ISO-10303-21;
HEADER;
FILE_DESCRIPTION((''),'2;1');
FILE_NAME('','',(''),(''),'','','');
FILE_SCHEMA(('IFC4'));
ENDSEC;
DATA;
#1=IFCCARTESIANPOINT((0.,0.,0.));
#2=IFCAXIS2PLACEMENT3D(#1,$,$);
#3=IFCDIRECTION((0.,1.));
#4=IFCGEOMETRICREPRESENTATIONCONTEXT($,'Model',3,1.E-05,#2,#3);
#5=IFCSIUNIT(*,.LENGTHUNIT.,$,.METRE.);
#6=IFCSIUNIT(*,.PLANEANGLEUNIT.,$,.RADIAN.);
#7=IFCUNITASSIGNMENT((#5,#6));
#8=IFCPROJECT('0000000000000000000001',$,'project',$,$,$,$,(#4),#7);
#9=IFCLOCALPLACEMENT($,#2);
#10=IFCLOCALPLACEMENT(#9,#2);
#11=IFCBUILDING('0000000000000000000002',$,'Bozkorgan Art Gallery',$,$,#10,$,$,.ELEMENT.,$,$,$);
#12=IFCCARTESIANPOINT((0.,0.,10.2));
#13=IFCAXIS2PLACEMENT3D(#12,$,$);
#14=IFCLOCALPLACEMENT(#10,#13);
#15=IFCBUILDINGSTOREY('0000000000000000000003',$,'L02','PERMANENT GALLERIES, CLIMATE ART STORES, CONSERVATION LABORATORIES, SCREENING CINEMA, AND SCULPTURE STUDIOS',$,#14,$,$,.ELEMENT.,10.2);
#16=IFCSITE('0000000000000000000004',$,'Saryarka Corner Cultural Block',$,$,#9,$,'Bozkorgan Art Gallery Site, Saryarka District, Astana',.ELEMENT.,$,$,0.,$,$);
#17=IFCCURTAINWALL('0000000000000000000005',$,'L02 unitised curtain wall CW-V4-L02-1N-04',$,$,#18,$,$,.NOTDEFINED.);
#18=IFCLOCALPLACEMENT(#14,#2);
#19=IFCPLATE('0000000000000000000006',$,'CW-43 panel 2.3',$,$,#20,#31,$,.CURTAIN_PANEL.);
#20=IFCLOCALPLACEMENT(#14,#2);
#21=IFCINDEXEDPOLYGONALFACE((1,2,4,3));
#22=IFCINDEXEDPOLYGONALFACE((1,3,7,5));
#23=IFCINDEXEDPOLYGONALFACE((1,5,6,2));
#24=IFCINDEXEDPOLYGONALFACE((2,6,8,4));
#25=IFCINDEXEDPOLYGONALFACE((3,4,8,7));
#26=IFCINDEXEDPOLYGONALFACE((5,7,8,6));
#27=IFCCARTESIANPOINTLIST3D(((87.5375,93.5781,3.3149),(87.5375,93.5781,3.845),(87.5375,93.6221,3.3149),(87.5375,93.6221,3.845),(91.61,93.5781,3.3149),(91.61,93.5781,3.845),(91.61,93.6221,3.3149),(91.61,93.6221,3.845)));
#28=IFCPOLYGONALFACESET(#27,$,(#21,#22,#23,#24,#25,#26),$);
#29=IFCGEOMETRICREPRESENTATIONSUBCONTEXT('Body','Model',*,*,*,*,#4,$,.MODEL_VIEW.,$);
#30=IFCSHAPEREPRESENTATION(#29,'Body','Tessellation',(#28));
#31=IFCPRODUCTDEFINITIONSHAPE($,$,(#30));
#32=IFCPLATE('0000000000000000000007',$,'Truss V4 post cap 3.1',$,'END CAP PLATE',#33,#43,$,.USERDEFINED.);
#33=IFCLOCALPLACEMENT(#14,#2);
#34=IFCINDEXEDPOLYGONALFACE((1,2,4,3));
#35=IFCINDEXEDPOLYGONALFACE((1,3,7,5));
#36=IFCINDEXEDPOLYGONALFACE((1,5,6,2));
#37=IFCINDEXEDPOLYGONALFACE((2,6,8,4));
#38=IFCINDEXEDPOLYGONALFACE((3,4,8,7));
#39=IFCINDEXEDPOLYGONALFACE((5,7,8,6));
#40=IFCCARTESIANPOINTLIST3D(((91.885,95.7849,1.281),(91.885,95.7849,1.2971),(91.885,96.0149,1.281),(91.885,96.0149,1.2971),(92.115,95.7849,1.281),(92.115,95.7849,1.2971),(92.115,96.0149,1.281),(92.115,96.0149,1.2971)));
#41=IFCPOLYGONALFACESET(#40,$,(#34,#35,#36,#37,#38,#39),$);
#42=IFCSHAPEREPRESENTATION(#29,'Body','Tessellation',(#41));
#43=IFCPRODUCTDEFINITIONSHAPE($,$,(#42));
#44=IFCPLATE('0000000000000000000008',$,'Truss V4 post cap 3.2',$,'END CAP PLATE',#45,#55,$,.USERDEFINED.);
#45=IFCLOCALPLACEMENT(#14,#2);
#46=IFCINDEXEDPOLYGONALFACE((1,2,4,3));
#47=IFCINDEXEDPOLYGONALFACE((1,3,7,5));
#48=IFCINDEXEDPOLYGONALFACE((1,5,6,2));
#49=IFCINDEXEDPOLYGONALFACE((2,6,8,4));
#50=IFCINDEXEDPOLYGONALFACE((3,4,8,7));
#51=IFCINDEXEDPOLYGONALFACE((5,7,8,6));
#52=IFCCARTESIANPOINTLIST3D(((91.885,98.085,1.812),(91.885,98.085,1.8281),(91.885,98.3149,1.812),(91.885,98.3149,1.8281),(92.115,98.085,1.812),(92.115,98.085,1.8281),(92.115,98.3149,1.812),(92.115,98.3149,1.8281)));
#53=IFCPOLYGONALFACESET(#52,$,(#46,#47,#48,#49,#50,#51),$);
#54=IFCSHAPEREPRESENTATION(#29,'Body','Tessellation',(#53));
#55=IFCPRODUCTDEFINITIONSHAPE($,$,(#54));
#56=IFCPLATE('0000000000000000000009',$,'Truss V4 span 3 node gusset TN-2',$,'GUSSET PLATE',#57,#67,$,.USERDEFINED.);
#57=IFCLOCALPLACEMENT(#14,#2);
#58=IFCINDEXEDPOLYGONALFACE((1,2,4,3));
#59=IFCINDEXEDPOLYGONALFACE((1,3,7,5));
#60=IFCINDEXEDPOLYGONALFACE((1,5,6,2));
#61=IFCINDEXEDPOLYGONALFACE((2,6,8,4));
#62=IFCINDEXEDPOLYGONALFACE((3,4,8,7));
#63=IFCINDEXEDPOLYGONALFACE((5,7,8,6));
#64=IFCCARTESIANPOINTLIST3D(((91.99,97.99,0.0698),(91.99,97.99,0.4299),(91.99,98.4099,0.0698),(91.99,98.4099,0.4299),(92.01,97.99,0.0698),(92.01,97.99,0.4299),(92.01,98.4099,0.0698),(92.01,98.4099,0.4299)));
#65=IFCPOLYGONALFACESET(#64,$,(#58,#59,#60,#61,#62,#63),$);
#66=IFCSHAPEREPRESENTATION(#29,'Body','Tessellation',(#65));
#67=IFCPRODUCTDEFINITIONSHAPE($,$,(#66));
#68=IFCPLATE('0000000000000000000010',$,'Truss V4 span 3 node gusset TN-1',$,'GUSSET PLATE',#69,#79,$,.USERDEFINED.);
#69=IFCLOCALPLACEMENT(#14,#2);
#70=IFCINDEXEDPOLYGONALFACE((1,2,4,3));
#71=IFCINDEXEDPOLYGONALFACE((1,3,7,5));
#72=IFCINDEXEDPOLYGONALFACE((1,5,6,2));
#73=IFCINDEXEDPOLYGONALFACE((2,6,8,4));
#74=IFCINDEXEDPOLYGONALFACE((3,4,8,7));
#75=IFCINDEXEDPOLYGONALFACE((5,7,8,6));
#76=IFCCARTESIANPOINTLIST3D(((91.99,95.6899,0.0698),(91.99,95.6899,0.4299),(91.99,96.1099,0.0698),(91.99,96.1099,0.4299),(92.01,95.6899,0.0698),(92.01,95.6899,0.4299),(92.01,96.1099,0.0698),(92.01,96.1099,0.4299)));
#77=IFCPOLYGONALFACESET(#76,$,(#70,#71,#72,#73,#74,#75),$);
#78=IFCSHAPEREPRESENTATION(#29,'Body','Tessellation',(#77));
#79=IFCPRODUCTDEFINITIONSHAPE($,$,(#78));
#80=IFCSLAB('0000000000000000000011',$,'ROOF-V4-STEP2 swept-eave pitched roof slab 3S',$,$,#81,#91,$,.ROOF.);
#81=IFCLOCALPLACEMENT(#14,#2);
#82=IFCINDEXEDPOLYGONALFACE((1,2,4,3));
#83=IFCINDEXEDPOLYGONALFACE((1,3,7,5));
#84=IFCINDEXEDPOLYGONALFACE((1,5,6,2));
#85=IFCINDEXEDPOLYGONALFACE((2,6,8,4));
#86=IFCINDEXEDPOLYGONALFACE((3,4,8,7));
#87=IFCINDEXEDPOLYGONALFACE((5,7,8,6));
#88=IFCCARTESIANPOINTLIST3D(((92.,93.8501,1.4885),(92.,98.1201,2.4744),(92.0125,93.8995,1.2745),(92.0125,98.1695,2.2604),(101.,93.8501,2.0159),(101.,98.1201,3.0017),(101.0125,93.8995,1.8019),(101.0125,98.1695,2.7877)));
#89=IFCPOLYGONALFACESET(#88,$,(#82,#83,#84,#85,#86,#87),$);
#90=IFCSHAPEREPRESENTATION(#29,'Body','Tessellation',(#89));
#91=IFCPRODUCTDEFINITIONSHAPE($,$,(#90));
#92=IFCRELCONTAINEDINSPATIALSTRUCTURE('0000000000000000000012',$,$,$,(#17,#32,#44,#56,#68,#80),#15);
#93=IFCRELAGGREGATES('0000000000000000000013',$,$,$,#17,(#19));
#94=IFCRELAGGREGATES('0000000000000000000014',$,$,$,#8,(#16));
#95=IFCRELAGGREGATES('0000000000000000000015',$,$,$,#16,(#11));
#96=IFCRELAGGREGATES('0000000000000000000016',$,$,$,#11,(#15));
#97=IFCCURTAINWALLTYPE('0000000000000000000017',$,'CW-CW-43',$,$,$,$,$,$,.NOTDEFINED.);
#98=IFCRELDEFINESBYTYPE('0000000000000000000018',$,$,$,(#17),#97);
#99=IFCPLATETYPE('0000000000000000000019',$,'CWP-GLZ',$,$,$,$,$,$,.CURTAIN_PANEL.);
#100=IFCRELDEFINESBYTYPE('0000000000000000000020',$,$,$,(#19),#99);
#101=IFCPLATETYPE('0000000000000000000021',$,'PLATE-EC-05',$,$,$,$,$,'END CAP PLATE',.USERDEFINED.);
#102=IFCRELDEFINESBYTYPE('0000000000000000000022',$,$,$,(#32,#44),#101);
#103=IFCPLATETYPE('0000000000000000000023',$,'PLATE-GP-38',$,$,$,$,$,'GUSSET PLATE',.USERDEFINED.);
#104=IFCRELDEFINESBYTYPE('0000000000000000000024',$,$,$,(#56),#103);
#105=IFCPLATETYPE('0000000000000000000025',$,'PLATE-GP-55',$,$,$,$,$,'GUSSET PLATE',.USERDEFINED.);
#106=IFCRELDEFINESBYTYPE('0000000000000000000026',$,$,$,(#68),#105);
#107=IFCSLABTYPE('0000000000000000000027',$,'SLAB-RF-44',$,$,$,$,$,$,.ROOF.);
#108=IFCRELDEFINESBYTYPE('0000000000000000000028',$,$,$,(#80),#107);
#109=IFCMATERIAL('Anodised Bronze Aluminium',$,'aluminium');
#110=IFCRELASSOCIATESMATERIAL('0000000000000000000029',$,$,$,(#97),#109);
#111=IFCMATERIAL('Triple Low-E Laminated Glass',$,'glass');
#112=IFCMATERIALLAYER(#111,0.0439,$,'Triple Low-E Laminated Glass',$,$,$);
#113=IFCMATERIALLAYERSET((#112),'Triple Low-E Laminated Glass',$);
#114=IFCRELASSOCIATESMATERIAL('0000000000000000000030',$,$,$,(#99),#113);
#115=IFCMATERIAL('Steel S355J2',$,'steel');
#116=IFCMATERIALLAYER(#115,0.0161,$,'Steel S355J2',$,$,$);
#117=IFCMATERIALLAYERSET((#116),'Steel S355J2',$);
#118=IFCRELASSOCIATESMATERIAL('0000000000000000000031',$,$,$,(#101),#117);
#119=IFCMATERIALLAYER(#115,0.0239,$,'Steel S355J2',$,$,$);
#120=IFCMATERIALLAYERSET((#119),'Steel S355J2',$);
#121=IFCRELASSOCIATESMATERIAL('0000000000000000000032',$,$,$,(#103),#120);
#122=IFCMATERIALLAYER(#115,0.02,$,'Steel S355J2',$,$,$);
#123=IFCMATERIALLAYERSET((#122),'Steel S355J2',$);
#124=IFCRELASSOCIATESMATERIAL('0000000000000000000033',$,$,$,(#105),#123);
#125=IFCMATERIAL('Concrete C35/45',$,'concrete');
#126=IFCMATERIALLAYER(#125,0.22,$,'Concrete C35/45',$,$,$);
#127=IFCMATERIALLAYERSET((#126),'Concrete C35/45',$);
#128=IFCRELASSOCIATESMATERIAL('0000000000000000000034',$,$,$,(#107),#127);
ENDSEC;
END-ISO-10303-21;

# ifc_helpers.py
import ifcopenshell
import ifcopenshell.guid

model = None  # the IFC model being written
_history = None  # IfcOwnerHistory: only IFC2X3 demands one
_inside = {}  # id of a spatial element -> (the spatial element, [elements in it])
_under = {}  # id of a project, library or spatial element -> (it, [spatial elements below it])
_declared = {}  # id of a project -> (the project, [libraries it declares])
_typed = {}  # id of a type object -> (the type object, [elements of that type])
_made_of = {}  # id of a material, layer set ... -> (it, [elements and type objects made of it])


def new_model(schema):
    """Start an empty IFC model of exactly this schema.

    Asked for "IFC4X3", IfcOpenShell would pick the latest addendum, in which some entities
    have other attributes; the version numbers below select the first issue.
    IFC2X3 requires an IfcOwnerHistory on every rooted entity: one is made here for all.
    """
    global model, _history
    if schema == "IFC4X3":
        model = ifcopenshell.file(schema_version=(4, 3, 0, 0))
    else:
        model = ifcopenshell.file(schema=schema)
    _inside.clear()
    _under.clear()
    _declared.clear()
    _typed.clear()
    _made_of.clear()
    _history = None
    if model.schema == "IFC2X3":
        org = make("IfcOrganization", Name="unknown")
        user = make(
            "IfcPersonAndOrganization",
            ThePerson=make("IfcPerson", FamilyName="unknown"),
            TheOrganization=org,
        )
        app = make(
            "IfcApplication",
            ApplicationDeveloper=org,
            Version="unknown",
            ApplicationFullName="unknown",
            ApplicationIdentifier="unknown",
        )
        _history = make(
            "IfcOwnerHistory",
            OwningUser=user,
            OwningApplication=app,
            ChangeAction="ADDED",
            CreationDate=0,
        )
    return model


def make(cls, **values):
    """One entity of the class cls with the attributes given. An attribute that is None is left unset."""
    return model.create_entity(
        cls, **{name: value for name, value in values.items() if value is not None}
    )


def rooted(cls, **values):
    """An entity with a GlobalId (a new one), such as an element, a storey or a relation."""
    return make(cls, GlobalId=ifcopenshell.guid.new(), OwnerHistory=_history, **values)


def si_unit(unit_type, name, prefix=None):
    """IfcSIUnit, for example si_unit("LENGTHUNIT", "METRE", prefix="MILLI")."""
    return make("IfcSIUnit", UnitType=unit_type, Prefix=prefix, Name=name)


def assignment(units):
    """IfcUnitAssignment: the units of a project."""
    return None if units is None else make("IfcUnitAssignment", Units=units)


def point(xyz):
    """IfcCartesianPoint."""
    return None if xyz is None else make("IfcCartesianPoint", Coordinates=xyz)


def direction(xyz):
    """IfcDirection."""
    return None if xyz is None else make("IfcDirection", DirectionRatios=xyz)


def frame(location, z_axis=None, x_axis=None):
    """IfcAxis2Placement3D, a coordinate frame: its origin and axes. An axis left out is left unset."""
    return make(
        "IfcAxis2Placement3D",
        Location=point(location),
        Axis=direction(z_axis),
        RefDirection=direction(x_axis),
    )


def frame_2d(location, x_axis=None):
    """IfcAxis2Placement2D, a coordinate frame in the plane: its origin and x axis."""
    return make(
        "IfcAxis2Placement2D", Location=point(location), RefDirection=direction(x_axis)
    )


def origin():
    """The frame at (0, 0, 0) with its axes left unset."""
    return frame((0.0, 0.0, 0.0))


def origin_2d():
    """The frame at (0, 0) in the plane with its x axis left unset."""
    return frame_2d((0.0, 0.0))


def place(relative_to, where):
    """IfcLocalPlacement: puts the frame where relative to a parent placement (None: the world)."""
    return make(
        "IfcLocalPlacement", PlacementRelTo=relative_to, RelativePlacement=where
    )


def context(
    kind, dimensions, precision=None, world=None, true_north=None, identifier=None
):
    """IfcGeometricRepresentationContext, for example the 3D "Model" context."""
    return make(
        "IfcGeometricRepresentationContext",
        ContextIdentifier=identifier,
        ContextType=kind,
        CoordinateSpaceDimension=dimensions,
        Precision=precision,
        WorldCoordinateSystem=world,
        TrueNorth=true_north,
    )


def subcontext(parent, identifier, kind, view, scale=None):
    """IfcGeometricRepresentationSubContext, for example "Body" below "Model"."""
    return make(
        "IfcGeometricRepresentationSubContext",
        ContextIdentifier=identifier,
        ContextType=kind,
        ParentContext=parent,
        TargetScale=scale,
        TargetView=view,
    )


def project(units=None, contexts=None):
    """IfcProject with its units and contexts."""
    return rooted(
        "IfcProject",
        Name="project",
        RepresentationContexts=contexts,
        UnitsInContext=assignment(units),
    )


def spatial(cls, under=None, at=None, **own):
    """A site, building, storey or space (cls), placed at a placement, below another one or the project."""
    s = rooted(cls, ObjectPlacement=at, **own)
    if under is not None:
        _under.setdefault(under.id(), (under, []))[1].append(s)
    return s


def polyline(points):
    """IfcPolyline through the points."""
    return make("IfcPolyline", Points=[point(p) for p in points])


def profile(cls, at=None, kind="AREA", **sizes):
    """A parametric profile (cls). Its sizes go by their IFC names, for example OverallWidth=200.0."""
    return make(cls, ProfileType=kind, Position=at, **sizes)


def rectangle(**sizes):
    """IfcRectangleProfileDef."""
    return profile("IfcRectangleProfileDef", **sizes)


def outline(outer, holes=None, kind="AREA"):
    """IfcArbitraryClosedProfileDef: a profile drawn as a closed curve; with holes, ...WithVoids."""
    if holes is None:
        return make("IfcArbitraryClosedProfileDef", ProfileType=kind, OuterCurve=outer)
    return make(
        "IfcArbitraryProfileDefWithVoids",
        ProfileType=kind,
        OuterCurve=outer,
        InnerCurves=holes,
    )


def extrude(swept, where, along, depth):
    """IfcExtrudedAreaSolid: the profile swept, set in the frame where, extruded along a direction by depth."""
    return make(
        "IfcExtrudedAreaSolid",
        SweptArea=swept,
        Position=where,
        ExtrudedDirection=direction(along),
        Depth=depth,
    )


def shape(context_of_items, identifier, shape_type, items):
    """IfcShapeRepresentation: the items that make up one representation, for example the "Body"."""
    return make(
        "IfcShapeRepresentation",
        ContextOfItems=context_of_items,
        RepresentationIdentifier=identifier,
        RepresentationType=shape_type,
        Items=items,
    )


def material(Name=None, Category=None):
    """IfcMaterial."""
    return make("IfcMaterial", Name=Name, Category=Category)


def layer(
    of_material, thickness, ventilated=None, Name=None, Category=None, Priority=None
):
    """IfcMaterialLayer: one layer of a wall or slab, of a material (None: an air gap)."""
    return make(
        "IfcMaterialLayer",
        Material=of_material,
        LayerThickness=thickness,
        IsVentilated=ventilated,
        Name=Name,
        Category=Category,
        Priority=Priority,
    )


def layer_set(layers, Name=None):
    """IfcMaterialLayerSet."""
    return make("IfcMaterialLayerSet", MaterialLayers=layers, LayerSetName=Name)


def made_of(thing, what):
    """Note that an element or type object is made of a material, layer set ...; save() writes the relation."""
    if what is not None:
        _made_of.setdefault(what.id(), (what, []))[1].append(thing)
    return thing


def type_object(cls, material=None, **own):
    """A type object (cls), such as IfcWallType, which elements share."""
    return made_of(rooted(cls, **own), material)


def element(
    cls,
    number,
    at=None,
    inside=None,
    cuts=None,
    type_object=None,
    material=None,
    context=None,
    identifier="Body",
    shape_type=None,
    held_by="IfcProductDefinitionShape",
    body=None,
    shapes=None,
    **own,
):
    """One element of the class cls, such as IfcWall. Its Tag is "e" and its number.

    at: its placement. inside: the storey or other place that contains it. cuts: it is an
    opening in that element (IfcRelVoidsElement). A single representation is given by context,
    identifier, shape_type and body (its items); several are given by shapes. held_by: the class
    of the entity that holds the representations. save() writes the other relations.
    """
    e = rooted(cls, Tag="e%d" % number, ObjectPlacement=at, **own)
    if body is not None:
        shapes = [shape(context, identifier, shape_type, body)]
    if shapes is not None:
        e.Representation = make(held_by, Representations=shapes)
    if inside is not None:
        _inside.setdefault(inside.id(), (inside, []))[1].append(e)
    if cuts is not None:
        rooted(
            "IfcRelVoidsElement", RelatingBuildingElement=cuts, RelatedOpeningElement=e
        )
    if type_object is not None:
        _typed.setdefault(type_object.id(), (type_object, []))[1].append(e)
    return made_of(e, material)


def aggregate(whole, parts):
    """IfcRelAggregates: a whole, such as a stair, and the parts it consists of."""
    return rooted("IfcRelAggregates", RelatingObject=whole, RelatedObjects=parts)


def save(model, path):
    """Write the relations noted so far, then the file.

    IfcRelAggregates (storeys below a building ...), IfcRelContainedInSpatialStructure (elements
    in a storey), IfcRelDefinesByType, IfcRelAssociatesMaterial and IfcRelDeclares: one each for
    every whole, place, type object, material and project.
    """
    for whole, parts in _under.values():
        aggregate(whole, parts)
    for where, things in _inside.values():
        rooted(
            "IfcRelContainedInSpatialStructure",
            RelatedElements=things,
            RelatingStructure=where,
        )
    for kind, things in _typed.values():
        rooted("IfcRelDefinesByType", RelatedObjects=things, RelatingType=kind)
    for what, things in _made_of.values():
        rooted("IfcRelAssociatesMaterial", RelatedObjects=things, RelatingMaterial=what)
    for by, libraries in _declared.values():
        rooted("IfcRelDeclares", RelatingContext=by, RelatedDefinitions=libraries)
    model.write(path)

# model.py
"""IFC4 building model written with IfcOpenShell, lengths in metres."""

from ifc_helpers import new_model, si_unit, direction, frame, origin, origin_2d, place, context, subcontext, project, spatial, polyline, rectangle, outline, extrude, material, layer, layer_set, type_object, element, aggregate, save


model = new_model("IFC4")

# Units and contexts
model_context = context("Model", 3, precision=1e-05, world=origin(), true_north=direction((0.0, 1.0)))
body_context = subcontext(model_context, "Body", "Model", "MODEL_VIEW")
ifc_project = project(units=[si_unit("LENGTHUNIT", "METRE"), si_unit("PLANEANGLEUNIT", "RADIAN")], contexts=[model_context])

# Site, building, storey
site_placement = place(None, origin())
site = spatial("IfcSite", under=ifc_project, at=site_placement, Name="Saryarka Corner Cultural Block", LongName="Bozkorgan Art Gallery Site, Saryarka District, Astana", CompositionType="ELEMENT", RefElevation=0.0)
building_placement = place(site_placement, origin())
building = spatial("IfcBuilding", under=site, at=building_placement, Name="Bozkorgan Art Gallery", CompositionType="ELEMENT")
storey_placement = place(building_placement, frame((0.0, 0.0, 10.2)))
storey = spatial("IfcBuildingStorey", under=building, at=storey_placement, Name="L02", Description="PERMANENT GALLERIES, CLIMATE ART STORES, CONSERVATION LABORATORIES, SCREENING CINEMA, AND SCULPTURE STUDIOS", CompositionType="ELEMENT", Elevation=10.2)

# Shared definitions
ifc_material_1 = material(Name="Steel S355J2", Category="steel")

# Curtain wall
ifc_material_2 = material(Name="Anodised Bronze Aluminium", Category="aluminium")
curtain_wall_type = type_object("IfcCurtainWallType", Name="CW-CW-43", PredefinedType="NOTDEFINED", material=ifc_material_2)
curtain_wall_placement = place(storey_placement, origin())
curtain_wall = element("IfcCurtainWall", 1, at=curtain_wall_placement, inside=storey, type_object=curtain_wall_type, Name="L02 unitised curtain wall CW-V4-L02-1N-04", PredefinedType="NOTDEFINED")

# Plate
ifc_material_3 = material(Name="Triple Low-E Laminated Glass", Category="glass")
ifc_layer_1 = layer(ifc_material_3, 0.0439, Name="Triple Low-E Laminated Glass")
ifc_layer_set_1 = layer_set([ifc_layer_1], Name="Triple Low-E Laminated Glass")
plate_type_1 = type_object("IfcPlateType", Name="CWP-GLZ", PredefinedType="CURTAIN_PANEL", material=ifc_layer_set_1)
plate_1_placement = place(storey_placement, frame((89.5737, 93.6001, 3.3149), z_axis=(0.0, 0.0, 1.0), x_axis=(1.0, 0.0, 0.0)))
plate_1 = element("IfcPlate", 2, at=plate_1_placement, type_object=plate_type_1, Name="CW-43 panel 2.3", PredefinedType="CURTAIN_PANEL", context=body_context, shape_type="SweptSolid", body=[
    extrude(rectangle(XDim=4.0725, YDim=0.0439, at=origin_2d()), origin(), (0.0, 0.0, 1.0), 0.53),
])
aggregate(curtain_wall, [plate_1])

# Plates
ifc_layer_2 = layer(ifc_material_1, 0.0161, Name="Steel S355J2")
ifc_layer_set_2 = layer_set([ifc_layer_2], Name="Steel S355J2")
plate_type_2 = type_object("IfcPlateType", Name="PLATE-EC-05", ElementType="END CAP PLATE", PredefinedType="USERDEFINED", material=ifc_layer_set_2)
for number, where, z_axis, x_axis, name in (
    (3, (92.0, 95.8999, 1.281), (0.0, 0.0, 1.0), (1.0, 0.0, 0.0), "Truss V4 post cap 3.1"),
    (4, (92.0, 98.2, 1.812), (0.0, 0.0, 1.0), (1.0, 0.0, 0.0), "Truss V4 post cap 3.2"),
):
    element("IfcPlate", number, at=place(storey_placement, frame(where, z_axis=z_axis, x_axis=x_axis)), inside=storey, type_object=plate_type_2, Name=name, ObjectType="END CAP PLATE", PredefinedType="USERDEFINED", context=body_context, shape_type="SweptSolid", body=[
        extrude(rectangle(XDim=0.23, YDim=0.23, at=origin_2d()), origin(), (0.0, 0.0, 1.0), 0.0161),
    ])
ifc_layer_3 = layer(ifc_material_1, 0.0239, Name="Steel S355J2")
ifc_layer_set_3 = layer_set([ifc_layer_3], Name="Steel S355J2")
plate_type_3 = type_object("IfcPlateType", Name="PLATE-GP-38", ElementType="GUSSET PLATE", PredefinedType="USERDEFINED", material=ifc_layer_set_3)
plate_2_placement = place(storey_placement, frame((92.0, 98.2, 0.0698), z_axis=(0.0, 0.0, 1.0), x_axis=(1.0, 0.0, 0.0)))
element("IfcPlate", 5, at=plate_2_placement, inside=storey, type_object=plate_type_3, Name="Truss V4 span 3 node gusset TN-2", ObjectType="GUSSET PLATE", PredefinedType="USERDEFINED", context=body_context, shape_type="SweptSolid", body=[
    extrude(rectangle(XDim=0.02, YDim=0.4199, at=origin_2d()), origin(), (0.0, 0.0, 1.0), 0.3601),
])
ifc_layer_4 = layer(ifc_material_1, 0.02, Name="Steel S355J2")
ifc_layer_set_4 = layer_set([ifc_layer_4], Name="Steel S355J2")
plate_type_4 = type_object("IfcPlateType", Name="PLATE-GP-55", ElementType="GUSSET PLATE", PredefinedType="USERDEFINED", material=ifc_layer_set_4)
plate_3_placement = place(storey_placement, frame((92.0, 95.8999, 0.0698), z_axis=(0.0, 0.0, 1.0), x_axis=(1.0, 0.0, 0.0)))
element("IfcPlate", 6, at=plate_3_placement, inside=storey, type_object=plate_type_4, Name="Truss V4 span 3 node gusset TN-1", ObjectType="GUSSET PLATE", PredefinedType="USERDEFINED", context=body_context, shape_type="SweptSolid", body=[
    extrude(rectangle(XDim=0.02, YDim=0.4199, at=origin_2d()), origin(), (0.0, 0.0, 1.0), 0.3601),
])

# Slab
ifc_material_4 = material(Name="Concrete C35/45", Category="concrete")
ifc_layer_5 = layer(ifc_material_4, 0.22, Name="Concrete C35/45")
ifc_layer_set_5 = layer_set([ifc_layer_5], Name="Concrete C35/45")
slab_type = type_object("IfcSlabType", Name="SLAB-RF-44", PredefinedType="ROOF", material=ifc_layer_set_5)
slab_placement = place(storey_placement, frame((92.0, 93.8501, 1.4885), z_axis=(-0.056999, -0.224591, 0.972785), x_axis=(0.998288, 0.0, 0.058493)))
element("IfcSlab", 7, at=slab_placement, inside=storey, type_object=slab_type, Name="ROOF-V4-STEP2 swept-eave pitched roof slab 3S", PredefinedType="ROOF", context=body_context, shape_type="SweptSolid", body=[
    extrude(outline(polyline([(0.0, 0.0), (9.0154, 0.0), (9.0731, 4.382), (0.0577, 4.382), (0.0, 0.0)])), origin(), (0.0, 0.0, -1.0), 0.22),
])

save(model, "model.ifc")
